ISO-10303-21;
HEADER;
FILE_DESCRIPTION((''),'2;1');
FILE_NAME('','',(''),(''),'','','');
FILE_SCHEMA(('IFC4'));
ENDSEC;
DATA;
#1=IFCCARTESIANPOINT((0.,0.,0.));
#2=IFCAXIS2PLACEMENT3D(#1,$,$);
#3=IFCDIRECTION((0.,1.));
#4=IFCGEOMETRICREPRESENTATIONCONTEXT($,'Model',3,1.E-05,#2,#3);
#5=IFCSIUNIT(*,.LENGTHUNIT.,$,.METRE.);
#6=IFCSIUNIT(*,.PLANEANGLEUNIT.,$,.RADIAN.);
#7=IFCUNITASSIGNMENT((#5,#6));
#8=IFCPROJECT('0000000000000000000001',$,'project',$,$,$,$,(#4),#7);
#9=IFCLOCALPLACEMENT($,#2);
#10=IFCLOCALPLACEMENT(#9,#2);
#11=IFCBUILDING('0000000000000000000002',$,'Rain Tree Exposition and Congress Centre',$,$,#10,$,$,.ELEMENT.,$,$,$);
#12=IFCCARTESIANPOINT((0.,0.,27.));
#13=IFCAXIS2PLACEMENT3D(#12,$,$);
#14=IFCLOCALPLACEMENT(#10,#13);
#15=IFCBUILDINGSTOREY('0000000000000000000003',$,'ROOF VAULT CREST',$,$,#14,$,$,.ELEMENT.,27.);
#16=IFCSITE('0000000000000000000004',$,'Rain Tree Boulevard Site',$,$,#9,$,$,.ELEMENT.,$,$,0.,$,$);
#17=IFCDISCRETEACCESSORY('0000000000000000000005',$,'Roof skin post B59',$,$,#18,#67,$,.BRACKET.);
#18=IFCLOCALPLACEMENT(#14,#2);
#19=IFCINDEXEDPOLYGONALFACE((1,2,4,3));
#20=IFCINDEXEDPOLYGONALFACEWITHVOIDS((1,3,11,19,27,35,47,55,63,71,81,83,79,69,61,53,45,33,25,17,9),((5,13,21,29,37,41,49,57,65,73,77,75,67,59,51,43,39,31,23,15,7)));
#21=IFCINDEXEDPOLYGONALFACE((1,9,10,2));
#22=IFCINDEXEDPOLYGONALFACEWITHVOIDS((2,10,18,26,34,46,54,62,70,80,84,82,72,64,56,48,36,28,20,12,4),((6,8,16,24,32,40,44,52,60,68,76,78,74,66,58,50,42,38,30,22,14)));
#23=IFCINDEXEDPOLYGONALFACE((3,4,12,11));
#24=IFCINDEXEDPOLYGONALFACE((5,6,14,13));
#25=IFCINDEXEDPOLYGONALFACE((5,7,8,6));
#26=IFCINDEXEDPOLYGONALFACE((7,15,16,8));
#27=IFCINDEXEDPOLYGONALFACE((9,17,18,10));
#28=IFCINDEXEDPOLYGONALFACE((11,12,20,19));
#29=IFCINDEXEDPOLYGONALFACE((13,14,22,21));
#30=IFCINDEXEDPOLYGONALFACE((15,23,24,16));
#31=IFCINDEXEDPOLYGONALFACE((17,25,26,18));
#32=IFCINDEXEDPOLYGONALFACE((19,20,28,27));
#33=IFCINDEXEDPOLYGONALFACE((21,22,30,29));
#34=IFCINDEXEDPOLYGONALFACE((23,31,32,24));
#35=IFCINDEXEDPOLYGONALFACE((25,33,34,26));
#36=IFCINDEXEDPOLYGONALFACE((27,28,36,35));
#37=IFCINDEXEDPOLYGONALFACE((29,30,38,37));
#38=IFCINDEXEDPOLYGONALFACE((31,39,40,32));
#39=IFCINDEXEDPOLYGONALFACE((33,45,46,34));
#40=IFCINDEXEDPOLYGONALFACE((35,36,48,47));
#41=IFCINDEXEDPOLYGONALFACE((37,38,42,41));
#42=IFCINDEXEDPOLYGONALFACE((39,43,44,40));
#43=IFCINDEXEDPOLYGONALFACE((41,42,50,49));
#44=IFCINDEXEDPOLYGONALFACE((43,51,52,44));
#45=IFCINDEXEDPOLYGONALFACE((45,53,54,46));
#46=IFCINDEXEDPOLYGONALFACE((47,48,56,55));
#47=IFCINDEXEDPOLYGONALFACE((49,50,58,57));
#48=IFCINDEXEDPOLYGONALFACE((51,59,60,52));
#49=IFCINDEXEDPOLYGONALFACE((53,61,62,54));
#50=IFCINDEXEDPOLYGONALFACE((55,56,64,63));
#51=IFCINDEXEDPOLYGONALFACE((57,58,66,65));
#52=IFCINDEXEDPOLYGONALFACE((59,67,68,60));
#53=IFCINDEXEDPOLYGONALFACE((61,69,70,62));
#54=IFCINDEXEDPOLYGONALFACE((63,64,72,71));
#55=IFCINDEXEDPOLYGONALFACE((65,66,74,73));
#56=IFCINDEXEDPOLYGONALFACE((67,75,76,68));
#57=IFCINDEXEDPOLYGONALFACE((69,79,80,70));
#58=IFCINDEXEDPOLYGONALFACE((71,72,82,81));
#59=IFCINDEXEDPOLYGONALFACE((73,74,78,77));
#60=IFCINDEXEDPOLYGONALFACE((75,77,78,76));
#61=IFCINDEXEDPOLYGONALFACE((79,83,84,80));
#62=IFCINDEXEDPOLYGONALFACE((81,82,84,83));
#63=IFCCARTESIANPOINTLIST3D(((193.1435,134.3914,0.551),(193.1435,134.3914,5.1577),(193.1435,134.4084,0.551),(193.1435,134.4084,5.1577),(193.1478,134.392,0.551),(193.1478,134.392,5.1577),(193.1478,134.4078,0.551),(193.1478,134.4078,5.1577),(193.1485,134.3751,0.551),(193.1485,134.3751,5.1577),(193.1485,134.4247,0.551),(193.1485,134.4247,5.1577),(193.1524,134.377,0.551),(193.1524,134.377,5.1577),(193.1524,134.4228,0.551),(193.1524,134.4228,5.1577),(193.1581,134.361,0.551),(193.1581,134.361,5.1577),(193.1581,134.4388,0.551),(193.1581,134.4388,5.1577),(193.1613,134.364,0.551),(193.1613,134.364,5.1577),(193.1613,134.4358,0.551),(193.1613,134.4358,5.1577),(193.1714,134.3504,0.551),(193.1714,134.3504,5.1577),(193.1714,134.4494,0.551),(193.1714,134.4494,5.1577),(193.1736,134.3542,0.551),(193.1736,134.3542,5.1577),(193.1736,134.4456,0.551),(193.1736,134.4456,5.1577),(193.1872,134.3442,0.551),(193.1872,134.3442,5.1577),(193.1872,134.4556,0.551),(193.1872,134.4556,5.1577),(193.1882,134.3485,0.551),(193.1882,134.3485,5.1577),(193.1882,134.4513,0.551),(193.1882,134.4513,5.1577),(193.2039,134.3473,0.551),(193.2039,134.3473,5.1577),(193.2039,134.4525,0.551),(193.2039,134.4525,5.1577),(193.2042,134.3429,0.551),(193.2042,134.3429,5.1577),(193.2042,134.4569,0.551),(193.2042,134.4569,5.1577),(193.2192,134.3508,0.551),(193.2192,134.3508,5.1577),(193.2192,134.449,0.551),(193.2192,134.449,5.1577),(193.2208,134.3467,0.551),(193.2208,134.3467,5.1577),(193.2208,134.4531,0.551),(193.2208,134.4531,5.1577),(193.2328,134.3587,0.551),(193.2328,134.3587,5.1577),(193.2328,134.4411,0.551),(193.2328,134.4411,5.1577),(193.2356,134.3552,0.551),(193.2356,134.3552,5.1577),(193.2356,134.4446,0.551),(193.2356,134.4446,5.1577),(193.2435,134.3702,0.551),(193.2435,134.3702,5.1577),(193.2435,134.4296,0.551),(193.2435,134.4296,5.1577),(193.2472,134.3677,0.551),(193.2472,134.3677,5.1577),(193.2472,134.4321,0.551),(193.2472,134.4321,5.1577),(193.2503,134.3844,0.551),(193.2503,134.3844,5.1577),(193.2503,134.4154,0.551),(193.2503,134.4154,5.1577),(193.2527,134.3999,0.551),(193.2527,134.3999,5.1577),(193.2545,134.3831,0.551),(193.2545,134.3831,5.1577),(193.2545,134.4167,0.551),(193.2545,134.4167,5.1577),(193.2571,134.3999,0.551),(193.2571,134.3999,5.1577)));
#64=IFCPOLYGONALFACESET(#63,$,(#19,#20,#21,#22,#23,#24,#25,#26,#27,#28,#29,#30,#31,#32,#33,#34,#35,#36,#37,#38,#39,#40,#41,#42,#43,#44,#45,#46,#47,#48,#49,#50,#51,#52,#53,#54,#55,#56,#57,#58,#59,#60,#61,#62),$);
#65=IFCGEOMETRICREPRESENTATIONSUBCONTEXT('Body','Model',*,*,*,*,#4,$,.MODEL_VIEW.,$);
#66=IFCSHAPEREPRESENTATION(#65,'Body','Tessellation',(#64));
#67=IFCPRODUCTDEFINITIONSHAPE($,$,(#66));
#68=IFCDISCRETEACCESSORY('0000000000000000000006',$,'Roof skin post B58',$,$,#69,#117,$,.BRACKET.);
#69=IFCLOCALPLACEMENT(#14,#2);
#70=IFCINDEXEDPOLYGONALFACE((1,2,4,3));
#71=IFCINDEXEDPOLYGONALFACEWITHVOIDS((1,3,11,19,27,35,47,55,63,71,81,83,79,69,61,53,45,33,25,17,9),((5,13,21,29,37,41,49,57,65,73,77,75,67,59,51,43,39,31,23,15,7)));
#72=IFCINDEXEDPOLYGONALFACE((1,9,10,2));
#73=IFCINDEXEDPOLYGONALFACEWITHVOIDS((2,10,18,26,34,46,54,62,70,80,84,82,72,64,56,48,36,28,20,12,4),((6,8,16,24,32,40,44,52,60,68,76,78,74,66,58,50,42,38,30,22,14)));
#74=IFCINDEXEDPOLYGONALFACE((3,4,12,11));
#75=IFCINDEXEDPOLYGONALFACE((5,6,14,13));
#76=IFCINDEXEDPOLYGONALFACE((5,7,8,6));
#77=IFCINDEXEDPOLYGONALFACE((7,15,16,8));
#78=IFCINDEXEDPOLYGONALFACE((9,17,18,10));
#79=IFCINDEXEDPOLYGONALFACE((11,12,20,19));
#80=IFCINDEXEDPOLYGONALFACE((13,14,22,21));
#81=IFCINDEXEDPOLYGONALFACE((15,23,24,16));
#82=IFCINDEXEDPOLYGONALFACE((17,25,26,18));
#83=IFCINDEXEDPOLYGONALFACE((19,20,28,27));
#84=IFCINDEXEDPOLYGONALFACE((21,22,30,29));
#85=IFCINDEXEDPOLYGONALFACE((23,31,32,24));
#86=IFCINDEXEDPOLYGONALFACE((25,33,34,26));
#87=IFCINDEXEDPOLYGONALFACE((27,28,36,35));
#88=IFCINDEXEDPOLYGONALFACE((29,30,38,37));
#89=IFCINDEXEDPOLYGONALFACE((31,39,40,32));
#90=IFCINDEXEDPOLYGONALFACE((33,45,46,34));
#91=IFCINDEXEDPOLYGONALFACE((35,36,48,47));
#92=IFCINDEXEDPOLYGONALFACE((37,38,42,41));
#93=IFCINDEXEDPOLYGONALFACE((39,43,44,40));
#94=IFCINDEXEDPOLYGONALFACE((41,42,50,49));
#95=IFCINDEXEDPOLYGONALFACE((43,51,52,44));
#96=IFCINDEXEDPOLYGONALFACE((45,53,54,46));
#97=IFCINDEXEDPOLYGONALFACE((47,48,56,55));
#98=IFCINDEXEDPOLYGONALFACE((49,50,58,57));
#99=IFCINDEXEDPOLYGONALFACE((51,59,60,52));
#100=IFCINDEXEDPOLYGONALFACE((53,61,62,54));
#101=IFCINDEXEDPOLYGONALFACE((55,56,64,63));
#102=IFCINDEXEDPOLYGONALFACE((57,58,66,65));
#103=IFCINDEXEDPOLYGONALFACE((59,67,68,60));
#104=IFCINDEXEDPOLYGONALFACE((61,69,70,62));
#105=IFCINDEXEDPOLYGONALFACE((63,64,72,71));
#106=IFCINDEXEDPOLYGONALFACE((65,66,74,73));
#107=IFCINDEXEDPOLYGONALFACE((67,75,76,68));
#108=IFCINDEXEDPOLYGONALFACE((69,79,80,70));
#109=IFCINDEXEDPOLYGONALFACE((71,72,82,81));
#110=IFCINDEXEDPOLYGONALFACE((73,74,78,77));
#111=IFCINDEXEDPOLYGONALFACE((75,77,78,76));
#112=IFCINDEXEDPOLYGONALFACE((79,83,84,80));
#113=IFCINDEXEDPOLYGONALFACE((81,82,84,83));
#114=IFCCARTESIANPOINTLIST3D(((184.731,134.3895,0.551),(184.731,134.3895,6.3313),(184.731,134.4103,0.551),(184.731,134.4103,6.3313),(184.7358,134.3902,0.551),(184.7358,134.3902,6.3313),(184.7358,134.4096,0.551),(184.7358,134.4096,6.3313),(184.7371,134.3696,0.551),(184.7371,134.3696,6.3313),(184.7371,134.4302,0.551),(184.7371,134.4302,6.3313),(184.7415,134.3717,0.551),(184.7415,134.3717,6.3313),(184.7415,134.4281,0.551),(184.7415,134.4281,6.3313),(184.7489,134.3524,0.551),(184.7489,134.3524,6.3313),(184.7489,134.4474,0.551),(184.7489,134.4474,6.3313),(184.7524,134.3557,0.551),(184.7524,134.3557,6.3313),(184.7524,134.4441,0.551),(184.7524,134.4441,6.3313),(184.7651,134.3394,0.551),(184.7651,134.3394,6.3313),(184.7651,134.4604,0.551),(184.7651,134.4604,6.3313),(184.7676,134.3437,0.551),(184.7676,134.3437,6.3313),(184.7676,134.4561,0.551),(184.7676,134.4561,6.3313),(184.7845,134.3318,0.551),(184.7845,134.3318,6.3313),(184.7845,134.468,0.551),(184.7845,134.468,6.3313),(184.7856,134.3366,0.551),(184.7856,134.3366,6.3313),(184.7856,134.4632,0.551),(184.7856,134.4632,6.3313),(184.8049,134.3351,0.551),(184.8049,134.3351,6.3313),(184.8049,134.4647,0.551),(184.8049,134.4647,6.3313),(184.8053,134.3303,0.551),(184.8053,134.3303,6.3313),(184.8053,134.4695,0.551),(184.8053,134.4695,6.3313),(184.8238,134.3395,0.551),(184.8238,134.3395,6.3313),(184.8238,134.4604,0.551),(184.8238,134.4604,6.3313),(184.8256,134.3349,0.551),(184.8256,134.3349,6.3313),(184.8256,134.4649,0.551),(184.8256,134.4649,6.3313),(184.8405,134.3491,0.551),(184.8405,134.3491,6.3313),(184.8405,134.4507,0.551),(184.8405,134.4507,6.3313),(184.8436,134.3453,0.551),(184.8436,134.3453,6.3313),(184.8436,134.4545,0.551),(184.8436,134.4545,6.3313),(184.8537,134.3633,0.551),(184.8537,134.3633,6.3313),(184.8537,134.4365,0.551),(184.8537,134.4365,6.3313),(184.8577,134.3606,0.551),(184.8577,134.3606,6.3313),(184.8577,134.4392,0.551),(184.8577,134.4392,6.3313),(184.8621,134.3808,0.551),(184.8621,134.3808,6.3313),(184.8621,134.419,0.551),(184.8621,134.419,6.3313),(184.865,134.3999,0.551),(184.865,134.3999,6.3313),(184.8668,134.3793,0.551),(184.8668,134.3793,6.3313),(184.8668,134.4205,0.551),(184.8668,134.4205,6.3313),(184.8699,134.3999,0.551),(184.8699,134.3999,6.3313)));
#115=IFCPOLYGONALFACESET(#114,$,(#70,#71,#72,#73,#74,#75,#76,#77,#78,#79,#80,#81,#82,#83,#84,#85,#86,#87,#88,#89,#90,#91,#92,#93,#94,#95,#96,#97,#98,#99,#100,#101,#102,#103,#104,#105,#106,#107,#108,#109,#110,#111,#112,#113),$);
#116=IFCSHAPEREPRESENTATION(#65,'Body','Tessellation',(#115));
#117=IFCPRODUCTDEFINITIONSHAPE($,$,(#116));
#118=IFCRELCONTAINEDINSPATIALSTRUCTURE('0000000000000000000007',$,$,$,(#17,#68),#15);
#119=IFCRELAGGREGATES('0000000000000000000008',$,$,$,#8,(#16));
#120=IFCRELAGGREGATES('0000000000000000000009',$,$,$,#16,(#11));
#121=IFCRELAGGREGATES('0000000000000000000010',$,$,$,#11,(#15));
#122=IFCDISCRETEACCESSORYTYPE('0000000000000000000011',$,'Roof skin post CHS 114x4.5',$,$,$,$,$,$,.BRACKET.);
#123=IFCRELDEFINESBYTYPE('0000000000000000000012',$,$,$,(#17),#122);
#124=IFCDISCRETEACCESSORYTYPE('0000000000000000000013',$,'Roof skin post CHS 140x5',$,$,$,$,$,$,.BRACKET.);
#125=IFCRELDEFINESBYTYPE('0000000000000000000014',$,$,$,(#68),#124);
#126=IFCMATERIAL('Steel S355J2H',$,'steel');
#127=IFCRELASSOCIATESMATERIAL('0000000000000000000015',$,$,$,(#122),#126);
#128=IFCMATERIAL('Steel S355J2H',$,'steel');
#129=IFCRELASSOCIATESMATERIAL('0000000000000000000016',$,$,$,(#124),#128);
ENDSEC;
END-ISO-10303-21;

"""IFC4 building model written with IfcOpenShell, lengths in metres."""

from ifc_helpers import new_model, si_unit, direction, frame, origin, origin_2d, place, context, subcontext, project, spatial, hollow_circle, extrude, material, material_profile, profile_set, type_object, element, save


model = new_model("IFC4")

# Units and contexts
model_context = context("Model", 3, precision=1e-05, world=origin(), true_north=direction((0.0, 1.0)))
body_context = subcontext(model_context, "Body", "Model", "MODEL_VIEW")
ifc_project = project(units=[si_unit("LENGTHUNIT", "METRE"), si_unit("PLANEANGLEUNIT", "RADIAN")], contexts=[model_context])

# Site, building, storey
site_placement = place(None, origin())
site = spatial("IfcSite", under=ifc_project, at=site_placement, Name="Rain Tree Boulevard Site", CompositionType="ELEMENT", RefElevation=0.0)
building_placement = place(site_placement, origin())
building = spatial("IfcBuilding", under=site, at=building_placement, Name="Rain Tree Exposition and Congress Centre", CompositionType="ELEMENT")
storey_placement = place(building_placement, frame((0.0, 0.0, 27.0)))
storey = spatial("IfcBuildingStorey", under=building, at=storey_placement, Name="ROOF VAULT CREST", CompositionType="ELEMENT", Elevation=27.0)

# Discrete accessories
ifc_material_1 = material(Name="Steel S355J2H", Category="steel")
ifc_material_profile_1 = material_profile(ifc_material_1, hollow_circle(Radius=0.0571, WallThickness=0.0044, at=origin_2d()), Name="CHS 114x4.5")
ifc_profile_set_1 = profile_set([ifc_material_profile_1], Name="Steel S355J2H")
discrete_accessory_type_1 = type_object("IfcDiscreteAccessoryType", Name="Roof skin post CHS 114x4.5", PredefinedType="BRACKET", material=ifc_profile_set_1)
discrete_accessory_1_placement = place(storey_placement, frame((193.2, 134.3999, 0.551), z_axis=(0.0, 0.0, 1.0), x_axis=(1.0, 0.0, 0.0)))
element("IfcDiscreteAccessory", 1, at=discrete_accessory_1_placement, inside=storey, type_object=discrete_accessory_type_1, Name="Roof skin post B59", PredefinedType="BRACKET", context=body_context, shape_type="SweptSolid", body=[
    extrude(hollow_circle(Radius=0.0571, WallThickness=0.0044, at=origin_2d()), origin(), (0.0, 0.0, 1.0), 4.6067),
])
ifc_material_2 = material(Name="Steel S355J2H", Category="steel")
ifc_material_profile_2 = material_profile(ifc_material_2, hollow_circle(Radius=0.0698, WallThickness=0.0049, at=origin_2d()), Name="CHS 140x5")
ifc_profile_set_2 = profile_set([ifc_material_profile_2], Name="Steel S355J2H")
discrete_accessory_type_2 = type_object("IfcDiscreteAccessoryType", Name="Roof skin post CHS 140x5", PredefinedType="BRACKET", material=ifc_profile_set_2)
discrete_accessory_2_placement = place(storey_placement, frame((184.8, 134.3999, 0.551), z_axis=(0.0, 0.0, 1.0), x_axis=(1.0, 0.0, 0.0)))
element("IfcDiscreteAccessory", 2, at=discrete_accessory_2_placement, inside=storey, type_object=discrete_accessory_type_2, Name="Roof skin post B58", PredefinedType="BRACKET", context=body_context, shape_type="SweptSolid", body=[
    extrude(hollow_circle(Radius=0.0698, WallThickness=0.0049, at=origin_2d()), origin(), (0.0, 0.0, 1.0), 5.7803),
])

save(model, "model.ifc")
